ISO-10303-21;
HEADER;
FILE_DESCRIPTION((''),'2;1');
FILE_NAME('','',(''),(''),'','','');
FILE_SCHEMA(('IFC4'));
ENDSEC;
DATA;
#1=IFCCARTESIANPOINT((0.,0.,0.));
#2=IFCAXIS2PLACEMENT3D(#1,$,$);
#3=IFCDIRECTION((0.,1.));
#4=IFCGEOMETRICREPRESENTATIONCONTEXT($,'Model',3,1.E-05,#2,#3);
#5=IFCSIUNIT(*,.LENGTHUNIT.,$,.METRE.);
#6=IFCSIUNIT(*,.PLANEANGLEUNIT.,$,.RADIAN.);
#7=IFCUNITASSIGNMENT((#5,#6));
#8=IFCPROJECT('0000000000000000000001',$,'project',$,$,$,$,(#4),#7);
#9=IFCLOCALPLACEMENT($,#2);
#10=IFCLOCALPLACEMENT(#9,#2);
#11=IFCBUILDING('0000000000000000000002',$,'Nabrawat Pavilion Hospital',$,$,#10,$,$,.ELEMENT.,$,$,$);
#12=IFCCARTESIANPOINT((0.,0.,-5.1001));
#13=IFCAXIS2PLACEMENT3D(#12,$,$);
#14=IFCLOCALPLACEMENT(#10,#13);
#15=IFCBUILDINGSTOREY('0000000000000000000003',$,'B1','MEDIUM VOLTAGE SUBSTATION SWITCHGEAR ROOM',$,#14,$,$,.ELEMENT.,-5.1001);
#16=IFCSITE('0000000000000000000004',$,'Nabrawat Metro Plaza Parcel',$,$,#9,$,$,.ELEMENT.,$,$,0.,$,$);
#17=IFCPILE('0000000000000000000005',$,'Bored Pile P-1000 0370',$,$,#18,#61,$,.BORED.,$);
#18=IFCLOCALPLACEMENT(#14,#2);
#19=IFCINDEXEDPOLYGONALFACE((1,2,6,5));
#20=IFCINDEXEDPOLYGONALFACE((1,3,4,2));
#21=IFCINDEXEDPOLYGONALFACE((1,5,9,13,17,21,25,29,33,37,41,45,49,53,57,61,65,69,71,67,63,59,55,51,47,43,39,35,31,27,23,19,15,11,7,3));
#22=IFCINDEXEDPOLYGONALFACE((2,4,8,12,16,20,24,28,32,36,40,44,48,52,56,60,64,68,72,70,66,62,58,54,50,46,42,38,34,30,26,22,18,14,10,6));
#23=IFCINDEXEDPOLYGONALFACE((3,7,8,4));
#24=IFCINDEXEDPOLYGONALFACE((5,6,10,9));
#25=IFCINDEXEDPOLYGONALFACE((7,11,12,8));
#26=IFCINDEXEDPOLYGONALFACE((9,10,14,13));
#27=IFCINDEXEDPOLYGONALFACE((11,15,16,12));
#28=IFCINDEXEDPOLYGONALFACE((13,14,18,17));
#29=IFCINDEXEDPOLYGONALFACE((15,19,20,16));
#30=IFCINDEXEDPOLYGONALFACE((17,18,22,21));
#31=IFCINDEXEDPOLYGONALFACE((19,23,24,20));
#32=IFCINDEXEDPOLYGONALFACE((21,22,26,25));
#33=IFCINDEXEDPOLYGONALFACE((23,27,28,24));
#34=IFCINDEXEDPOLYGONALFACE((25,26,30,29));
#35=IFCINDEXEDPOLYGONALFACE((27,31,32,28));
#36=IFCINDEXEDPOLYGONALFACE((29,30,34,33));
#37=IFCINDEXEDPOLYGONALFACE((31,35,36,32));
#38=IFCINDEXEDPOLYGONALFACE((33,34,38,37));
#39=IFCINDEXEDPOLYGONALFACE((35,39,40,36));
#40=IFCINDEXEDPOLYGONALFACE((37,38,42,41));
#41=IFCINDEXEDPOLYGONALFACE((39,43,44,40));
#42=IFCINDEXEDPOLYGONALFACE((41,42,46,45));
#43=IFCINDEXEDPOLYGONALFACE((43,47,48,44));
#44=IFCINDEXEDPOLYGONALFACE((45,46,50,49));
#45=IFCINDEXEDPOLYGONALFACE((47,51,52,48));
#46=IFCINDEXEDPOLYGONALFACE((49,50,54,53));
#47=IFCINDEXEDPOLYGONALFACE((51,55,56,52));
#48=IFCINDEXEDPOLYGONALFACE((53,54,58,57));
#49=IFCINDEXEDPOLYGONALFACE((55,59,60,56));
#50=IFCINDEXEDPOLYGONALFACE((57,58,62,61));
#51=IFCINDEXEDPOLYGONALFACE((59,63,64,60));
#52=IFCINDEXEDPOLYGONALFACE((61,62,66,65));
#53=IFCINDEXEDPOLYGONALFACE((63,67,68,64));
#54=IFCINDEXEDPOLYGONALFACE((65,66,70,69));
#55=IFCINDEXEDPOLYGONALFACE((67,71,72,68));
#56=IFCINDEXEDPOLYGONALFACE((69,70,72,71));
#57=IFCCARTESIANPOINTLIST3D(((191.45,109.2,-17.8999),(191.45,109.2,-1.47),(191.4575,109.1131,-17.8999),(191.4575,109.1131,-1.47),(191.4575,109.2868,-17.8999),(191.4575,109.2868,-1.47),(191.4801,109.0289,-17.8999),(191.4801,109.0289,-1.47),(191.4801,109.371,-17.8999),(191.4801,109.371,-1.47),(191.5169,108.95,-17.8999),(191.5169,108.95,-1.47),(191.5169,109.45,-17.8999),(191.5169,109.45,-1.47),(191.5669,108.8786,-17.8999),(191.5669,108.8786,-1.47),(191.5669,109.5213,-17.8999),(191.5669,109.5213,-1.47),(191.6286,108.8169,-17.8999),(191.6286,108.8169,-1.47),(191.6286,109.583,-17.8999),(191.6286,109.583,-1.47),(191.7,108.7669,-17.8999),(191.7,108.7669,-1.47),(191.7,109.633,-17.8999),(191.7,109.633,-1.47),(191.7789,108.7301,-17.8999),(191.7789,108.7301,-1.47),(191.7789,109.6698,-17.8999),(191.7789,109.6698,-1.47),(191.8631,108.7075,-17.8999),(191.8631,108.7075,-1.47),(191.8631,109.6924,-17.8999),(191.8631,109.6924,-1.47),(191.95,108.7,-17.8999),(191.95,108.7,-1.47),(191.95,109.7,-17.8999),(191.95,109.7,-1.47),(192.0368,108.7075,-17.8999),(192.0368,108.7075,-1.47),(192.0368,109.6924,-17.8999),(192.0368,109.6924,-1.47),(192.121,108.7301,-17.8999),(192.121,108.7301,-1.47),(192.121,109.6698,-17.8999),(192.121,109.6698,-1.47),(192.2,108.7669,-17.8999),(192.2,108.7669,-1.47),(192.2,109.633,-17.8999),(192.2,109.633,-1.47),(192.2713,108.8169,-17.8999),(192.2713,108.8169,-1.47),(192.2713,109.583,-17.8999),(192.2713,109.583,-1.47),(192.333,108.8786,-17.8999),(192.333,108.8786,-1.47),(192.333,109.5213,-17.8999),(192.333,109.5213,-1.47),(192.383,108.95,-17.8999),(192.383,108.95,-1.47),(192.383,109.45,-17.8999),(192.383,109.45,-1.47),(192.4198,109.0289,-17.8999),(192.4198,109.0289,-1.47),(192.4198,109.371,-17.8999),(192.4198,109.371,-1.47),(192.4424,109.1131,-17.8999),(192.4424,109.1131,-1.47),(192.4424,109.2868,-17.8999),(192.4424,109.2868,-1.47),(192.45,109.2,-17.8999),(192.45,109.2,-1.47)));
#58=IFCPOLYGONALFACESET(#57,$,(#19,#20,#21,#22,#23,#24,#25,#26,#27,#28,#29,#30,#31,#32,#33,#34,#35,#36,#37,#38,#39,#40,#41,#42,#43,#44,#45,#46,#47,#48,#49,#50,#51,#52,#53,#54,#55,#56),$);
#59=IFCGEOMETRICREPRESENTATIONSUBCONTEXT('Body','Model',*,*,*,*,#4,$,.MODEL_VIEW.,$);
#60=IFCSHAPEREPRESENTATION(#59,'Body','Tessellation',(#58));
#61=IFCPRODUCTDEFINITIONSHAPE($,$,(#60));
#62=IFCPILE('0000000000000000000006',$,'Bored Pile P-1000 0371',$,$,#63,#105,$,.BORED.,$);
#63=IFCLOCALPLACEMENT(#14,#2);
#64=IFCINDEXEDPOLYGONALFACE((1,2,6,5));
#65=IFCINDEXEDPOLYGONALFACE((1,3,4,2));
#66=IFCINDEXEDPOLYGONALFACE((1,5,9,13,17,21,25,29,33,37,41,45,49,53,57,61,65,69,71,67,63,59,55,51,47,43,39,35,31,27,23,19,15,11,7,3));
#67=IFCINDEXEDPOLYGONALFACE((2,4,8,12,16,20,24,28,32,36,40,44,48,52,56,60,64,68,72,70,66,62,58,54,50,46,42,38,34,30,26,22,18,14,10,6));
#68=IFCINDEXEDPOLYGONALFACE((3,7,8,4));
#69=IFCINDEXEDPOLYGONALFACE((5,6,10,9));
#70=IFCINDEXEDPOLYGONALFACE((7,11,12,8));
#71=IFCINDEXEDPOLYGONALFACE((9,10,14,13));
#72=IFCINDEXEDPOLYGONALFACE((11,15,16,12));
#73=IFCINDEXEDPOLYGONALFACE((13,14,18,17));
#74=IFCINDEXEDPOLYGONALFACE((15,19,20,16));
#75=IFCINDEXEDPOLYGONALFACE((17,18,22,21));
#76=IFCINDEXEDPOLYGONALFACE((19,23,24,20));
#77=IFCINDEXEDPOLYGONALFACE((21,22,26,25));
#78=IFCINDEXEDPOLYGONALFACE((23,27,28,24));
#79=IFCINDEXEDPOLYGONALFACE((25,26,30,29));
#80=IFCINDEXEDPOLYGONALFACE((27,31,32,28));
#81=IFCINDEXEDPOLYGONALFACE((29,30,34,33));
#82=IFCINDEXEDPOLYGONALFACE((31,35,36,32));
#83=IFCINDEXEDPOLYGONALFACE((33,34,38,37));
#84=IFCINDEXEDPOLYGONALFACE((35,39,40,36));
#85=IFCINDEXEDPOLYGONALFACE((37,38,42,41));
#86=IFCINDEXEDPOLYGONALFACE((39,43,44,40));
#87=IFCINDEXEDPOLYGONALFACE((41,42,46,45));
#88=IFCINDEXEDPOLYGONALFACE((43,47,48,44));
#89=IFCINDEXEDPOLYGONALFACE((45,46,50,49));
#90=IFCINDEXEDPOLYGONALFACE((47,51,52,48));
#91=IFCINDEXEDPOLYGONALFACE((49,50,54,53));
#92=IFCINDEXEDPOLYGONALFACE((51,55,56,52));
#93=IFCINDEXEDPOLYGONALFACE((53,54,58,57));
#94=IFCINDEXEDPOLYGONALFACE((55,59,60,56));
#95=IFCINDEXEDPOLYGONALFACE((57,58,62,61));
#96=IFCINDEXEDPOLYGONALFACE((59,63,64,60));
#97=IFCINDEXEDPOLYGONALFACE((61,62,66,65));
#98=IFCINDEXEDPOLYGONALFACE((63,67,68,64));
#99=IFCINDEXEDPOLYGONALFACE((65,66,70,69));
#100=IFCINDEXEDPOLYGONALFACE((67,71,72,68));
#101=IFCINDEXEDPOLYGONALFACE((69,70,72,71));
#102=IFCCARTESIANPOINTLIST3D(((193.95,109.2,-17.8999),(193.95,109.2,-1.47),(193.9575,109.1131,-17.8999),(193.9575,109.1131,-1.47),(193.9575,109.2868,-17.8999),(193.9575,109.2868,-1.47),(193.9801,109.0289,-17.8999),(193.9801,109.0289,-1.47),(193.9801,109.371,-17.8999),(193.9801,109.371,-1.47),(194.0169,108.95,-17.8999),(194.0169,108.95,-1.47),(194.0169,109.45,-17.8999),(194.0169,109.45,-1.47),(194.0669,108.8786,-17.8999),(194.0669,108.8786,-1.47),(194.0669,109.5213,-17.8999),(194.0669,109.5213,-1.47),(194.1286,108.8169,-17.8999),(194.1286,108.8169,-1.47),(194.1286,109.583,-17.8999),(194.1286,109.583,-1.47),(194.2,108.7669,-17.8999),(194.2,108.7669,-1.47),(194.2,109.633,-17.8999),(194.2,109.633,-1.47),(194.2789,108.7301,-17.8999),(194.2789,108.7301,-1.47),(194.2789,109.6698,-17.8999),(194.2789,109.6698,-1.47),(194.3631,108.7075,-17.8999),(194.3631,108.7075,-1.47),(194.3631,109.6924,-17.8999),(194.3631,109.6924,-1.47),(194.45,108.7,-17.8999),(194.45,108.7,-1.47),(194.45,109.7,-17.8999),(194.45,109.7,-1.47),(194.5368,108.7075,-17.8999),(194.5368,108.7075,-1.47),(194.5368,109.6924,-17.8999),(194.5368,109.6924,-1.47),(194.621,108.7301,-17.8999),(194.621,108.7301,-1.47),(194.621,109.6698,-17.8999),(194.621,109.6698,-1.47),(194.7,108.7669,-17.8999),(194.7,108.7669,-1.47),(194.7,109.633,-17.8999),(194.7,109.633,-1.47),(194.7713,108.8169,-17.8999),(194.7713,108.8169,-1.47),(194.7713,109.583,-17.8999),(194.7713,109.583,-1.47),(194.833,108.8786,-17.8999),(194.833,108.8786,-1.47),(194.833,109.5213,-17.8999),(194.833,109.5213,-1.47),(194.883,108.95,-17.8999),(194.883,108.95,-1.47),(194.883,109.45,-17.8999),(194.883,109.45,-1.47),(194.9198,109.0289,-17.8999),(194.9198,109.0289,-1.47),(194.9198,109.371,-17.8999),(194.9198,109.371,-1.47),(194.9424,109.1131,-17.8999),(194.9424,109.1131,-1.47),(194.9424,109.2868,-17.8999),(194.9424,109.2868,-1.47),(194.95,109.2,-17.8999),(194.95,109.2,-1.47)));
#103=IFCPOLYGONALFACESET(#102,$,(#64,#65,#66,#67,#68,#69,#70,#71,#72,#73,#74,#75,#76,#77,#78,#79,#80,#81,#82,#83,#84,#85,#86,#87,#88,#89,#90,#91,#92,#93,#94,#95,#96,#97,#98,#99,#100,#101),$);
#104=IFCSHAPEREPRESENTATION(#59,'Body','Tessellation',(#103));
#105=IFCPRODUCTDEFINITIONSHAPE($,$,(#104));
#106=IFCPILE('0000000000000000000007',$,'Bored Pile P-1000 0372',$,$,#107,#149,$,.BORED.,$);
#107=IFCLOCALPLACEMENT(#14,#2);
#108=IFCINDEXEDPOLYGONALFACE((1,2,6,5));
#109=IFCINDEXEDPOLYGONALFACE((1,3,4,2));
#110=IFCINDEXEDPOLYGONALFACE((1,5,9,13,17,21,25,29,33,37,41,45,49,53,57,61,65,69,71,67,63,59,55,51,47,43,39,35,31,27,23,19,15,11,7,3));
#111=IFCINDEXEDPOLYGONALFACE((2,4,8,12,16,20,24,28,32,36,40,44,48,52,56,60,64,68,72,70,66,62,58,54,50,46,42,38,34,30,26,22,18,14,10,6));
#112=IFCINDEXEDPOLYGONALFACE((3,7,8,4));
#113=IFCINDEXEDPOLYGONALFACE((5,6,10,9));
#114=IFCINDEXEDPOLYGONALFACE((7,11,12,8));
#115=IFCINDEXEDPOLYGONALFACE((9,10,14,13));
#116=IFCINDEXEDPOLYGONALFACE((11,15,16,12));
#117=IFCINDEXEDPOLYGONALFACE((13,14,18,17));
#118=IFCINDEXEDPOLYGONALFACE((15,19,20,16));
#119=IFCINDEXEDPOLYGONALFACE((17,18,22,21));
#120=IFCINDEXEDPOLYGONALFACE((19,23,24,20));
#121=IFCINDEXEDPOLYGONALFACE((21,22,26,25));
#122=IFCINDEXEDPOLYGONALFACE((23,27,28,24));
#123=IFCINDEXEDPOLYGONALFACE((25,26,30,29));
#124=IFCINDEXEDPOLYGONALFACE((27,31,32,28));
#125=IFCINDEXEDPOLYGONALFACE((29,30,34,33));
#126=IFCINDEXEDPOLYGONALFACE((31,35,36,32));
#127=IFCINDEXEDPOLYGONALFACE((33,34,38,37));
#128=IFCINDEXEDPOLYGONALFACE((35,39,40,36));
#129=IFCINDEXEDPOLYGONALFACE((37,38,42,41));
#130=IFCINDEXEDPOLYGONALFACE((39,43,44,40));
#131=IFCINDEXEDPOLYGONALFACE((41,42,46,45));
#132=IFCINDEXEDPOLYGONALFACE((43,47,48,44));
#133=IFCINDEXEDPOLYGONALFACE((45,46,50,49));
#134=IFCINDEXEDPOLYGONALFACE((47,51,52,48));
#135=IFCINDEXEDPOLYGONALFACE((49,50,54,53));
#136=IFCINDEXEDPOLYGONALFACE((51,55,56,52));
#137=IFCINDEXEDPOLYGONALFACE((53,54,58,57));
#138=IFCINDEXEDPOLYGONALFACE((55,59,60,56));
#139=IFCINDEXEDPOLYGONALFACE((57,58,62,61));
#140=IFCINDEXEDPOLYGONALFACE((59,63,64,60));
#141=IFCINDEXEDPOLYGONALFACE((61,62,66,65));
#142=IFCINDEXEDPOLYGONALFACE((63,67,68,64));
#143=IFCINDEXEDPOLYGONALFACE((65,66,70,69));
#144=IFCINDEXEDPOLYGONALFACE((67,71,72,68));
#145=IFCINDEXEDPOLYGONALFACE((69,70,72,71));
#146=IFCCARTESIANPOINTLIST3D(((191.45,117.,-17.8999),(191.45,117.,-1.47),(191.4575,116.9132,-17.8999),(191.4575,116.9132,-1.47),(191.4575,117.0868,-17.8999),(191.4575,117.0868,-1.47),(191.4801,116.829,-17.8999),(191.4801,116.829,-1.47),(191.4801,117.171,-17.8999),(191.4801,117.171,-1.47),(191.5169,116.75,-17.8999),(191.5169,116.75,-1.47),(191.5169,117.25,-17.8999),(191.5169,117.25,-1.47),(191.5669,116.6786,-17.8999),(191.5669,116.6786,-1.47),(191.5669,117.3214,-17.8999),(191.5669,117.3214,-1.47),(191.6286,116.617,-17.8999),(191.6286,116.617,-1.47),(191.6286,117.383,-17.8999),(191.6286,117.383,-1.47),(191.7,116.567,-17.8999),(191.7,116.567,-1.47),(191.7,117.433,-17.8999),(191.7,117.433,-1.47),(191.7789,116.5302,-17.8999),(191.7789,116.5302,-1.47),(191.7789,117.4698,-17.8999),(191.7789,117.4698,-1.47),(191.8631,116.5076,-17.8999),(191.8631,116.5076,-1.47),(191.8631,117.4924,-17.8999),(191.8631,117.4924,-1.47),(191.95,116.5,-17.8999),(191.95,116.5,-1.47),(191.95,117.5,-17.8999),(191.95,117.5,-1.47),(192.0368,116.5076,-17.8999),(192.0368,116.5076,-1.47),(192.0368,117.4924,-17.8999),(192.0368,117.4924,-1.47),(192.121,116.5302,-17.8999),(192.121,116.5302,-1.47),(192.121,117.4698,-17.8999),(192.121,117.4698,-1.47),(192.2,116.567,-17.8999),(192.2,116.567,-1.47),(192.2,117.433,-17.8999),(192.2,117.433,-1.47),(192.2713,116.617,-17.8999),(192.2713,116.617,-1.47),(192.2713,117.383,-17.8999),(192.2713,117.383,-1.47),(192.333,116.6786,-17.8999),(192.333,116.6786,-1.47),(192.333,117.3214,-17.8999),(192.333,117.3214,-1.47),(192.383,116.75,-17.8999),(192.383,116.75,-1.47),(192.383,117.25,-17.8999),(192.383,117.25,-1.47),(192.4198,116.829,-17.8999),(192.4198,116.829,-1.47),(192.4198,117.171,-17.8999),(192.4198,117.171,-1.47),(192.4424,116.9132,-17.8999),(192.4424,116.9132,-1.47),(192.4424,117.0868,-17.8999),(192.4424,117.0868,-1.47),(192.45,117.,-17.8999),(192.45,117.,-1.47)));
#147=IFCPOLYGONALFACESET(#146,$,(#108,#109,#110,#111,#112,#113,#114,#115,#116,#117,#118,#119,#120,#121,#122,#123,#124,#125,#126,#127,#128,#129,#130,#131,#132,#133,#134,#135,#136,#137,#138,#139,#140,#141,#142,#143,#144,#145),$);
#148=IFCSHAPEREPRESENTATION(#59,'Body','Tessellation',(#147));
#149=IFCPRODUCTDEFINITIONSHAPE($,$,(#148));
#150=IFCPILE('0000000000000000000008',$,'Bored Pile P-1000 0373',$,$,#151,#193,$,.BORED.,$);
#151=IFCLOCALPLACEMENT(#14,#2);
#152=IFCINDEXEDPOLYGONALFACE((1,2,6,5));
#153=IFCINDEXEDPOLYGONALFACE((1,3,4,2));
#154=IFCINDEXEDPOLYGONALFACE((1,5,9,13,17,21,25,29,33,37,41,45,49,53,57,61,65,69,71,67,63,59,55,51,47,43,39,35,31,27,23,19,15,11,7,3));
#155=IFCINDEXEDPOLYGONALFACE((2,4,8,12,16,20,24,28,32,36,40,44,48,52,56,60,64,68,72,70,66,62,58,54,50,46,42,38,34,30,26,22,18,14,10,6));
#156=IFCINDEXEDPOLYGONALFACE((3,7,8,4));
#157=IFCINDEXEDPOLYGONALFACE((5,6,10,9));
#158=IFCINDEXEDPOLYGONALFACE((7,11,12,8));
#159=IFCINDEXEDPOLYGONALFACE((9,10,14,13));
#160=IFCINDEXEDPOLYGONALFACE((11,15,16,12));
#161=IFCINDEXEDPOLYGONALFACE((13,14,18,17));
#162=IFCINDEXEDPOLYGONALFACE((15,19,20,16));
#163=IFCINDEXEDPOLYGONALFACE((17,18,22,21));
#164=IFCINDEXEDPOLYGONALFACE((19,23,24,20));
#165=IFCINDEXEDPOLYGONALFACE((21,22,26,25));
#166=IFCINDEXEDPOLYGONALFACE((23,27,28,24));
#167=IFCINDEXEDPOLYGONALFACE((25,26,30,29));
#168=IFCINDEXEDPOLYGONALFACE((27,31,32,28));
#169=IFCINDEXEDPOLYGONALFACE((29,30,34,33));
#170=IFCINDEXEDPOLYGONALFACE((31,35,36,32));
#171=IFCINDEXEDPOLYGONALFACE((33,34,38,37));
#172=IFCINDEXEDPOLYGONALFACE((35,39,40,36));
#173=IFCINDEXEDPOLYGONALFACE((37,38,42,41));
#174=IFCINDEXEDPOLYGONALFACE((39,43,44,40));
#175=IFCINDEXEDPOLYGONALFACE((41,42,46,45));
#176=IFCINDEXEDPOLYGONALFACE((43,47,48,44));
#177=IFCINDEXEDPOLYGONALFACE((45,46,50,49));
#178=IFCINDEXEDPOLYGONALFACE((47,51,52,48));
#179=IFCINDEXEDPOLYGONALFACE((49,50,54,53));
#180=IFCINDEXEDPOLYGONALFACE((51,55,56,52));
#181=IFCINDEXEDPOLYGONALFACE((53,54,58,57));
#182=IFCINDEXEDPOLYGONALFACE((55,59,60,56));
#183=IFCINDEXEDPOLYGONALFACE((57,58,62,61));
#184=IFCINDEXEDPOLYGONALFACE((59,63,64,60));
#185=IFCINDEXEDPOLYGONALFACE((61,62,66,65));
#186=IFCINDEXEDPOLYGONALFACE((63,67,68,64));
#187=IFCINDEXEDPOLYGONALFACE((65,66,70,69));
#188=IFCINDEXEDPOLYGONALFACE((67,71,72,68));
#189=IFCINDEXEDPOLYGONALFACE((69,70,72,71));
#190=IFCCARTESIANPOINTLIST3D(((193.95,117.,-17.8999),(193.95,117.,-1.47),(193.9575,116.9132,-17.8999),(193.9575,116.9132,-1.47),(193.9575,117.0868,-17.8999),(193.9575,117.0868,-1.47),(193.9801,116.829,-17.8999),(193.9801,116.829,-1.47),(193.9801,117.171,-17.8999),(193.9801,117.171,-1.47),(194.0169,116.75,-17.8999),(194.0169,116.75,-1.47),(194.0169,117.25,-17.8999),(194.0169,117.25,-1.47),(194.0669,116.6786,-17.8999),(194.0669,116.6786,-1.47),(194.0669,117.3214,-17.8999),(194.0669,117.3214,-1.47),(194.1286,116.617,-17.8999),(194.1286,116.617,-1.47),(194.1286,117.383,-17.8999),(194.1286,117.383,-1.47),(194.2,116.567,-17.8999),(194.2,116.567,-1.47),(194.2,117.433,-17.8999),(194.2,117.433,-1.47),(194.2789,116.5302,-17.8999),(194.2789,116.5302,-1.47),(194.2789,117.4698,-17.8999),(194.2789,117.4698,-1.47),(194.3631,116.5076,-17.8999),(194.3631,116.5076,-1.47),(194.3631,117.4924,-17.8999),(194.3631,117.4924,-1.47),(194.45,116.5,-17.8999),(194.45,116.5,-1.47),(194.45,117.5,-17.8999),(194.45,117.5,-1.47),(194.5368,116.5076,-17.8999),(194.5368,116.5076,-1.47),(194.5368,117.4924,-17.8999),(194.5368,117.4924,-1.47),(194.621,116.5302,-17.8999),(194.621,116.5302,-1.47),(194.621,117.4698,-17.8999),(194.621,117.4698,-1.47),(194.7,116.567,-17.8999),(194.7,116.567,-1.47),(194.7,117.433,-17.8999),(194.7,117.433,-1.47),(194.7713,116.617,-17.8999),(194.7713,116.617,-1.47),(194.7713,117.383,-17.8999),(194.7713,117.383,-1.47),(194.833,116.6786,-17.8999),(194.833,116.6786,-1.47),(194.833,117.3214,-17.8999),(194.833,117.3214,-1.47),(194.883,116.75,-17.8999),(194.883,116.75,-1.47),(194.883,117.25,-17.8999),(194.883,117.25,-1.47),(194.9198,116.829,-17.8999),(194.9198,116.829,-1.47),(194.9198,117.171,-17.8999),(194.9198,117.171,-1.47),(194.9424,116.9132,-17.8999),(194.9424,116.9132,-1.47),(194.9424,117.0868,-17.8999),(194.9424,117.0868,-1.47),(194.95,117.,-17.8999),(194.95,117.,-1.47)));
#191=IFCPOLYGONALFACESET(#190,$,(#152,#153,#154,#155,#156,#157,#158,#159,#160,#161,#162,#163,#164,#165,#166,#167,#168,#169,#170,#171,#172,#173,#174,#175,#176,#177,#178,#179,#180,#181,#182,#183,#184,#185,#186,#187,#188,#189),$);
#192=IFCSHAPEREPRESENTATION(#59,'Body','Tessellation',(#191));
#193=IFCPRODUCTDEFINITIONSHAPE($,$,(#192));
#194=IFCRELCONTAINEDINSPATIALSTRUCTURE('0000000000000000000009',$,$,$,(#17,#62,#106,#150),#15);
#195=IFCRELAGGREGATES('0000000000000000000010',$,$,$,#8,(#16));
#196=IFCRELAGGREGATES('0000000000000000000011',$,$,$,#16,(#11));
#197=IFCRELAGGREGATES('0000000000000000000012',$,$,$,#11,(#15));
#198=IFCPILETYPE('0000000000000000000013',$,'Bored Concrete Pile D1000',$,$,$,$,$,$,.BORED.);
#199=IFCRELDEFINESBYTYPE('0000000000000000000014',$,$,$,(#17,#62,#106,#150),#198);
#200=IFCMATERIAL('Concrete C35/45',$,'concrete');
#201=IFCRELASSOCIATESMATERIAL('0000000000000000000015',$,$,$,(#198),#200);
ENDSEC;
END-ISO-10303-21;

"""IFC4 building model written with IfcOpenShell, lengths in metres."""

from ifc_helpers import new_model, si_unit, direction, frame, origin, origin_2d, place, context, subcontext, project, spatial, circle, extrude, material, material_profile, profile_set, type_object, element, save


model = new_model("IFC4")

# Units and contexts
model_context = context("Model", 3, precision=1e-05, world=origin(), true_north=direction((0.0, 1.0)))
body_context = subcontext(model_context, "Body", "Model", "MODEL_VIEW")
ifc_project = project(units=[si_unit("LENGTHUNIT", "METRE"), si_unit("PLANEANGLEUNIT", "RADIAN")], contexts=[model_context])

# Site, building, storey
site_placement = place(None, origin())
site = spatial("IfcSite", under=ifc_project, at=site_placement, Name="Nabrawat Metro Plaza Parcel", CompositionType="ELEMENT", RefElevation=0.0)
building_placement = place(site_placement, origin())
building = spatial("IfcBuilding", under=site, at=building_placement, Name="Nabrawat Pavilion Hospital", CompositionType="ELEMENT")
storey_placement = place(building_placement, frame((0.0, 0.0, -5.1001)))
storey = spatial("IfcBuildingStorey", under=building, at=storey_placement, Name="B1", Description="MEDIUM VOLTAGE SUBSTATION SWITCHGEAR ROOM", CompositionType="ELEMENT", Elevation=-5.1001)

# Piles
ifc_material_1 = material(Name="Concrete C35/45", Category="concrete")
ifc_material_profile_1 = material_profile(ifc_material_1, circle(Radius=0.5, at=origin_2d()), Name="DIA 1000")
ifc_profile_set_1 = profile_set([ifc_material_profile_1], Name="Concrete C35/45")
pile_type_1 = type_object("IfcPileType", Name="Bored Concrete Pile D1000", PredefinedType="BORED", material=ifc_profile_set_1)
for number, where, z_axis, x_axis, name in (
    (1, (191.95, 109.2, -1.47), (0.0, 0.0, -1.0), (1.0, 0.0, 0.0), "Bored Pile P-1000 0370"),
    (2, (194.45, 109.2, -1.47), (0.0, 0.0, -1.0), (1.0, 0.0, 0.0), "Bored Pile P-1000 0371"),
    (3, (191.95, 117.0, -1.47), (0.0, 0.0, -1.0), (1.0, 0.0, 0.0), "Bored Pile P-1000 0372"),
    (4, (194.45, 117.0, -1.47), (0.0, 0.0, -1.0), (1.0, 0.0, 0.0), "Bored Pile P-1000 0373"),
):
    element("IfcPile", number, at=place(storey_placement, frame(where, z_axis=z_axis, x_axis=x_axis)), inside=storey, type_object=pile_type_1, Name=name, PredefinedType="BORED", context=body_context, shape_type="SweptSolid", body=[
        extrude(circle(Radius=0.5, at=origin_2d()), origin(), (0.0, 0.0, 1.0), 16.4299),
    ])

save(model, "model.ifc")
